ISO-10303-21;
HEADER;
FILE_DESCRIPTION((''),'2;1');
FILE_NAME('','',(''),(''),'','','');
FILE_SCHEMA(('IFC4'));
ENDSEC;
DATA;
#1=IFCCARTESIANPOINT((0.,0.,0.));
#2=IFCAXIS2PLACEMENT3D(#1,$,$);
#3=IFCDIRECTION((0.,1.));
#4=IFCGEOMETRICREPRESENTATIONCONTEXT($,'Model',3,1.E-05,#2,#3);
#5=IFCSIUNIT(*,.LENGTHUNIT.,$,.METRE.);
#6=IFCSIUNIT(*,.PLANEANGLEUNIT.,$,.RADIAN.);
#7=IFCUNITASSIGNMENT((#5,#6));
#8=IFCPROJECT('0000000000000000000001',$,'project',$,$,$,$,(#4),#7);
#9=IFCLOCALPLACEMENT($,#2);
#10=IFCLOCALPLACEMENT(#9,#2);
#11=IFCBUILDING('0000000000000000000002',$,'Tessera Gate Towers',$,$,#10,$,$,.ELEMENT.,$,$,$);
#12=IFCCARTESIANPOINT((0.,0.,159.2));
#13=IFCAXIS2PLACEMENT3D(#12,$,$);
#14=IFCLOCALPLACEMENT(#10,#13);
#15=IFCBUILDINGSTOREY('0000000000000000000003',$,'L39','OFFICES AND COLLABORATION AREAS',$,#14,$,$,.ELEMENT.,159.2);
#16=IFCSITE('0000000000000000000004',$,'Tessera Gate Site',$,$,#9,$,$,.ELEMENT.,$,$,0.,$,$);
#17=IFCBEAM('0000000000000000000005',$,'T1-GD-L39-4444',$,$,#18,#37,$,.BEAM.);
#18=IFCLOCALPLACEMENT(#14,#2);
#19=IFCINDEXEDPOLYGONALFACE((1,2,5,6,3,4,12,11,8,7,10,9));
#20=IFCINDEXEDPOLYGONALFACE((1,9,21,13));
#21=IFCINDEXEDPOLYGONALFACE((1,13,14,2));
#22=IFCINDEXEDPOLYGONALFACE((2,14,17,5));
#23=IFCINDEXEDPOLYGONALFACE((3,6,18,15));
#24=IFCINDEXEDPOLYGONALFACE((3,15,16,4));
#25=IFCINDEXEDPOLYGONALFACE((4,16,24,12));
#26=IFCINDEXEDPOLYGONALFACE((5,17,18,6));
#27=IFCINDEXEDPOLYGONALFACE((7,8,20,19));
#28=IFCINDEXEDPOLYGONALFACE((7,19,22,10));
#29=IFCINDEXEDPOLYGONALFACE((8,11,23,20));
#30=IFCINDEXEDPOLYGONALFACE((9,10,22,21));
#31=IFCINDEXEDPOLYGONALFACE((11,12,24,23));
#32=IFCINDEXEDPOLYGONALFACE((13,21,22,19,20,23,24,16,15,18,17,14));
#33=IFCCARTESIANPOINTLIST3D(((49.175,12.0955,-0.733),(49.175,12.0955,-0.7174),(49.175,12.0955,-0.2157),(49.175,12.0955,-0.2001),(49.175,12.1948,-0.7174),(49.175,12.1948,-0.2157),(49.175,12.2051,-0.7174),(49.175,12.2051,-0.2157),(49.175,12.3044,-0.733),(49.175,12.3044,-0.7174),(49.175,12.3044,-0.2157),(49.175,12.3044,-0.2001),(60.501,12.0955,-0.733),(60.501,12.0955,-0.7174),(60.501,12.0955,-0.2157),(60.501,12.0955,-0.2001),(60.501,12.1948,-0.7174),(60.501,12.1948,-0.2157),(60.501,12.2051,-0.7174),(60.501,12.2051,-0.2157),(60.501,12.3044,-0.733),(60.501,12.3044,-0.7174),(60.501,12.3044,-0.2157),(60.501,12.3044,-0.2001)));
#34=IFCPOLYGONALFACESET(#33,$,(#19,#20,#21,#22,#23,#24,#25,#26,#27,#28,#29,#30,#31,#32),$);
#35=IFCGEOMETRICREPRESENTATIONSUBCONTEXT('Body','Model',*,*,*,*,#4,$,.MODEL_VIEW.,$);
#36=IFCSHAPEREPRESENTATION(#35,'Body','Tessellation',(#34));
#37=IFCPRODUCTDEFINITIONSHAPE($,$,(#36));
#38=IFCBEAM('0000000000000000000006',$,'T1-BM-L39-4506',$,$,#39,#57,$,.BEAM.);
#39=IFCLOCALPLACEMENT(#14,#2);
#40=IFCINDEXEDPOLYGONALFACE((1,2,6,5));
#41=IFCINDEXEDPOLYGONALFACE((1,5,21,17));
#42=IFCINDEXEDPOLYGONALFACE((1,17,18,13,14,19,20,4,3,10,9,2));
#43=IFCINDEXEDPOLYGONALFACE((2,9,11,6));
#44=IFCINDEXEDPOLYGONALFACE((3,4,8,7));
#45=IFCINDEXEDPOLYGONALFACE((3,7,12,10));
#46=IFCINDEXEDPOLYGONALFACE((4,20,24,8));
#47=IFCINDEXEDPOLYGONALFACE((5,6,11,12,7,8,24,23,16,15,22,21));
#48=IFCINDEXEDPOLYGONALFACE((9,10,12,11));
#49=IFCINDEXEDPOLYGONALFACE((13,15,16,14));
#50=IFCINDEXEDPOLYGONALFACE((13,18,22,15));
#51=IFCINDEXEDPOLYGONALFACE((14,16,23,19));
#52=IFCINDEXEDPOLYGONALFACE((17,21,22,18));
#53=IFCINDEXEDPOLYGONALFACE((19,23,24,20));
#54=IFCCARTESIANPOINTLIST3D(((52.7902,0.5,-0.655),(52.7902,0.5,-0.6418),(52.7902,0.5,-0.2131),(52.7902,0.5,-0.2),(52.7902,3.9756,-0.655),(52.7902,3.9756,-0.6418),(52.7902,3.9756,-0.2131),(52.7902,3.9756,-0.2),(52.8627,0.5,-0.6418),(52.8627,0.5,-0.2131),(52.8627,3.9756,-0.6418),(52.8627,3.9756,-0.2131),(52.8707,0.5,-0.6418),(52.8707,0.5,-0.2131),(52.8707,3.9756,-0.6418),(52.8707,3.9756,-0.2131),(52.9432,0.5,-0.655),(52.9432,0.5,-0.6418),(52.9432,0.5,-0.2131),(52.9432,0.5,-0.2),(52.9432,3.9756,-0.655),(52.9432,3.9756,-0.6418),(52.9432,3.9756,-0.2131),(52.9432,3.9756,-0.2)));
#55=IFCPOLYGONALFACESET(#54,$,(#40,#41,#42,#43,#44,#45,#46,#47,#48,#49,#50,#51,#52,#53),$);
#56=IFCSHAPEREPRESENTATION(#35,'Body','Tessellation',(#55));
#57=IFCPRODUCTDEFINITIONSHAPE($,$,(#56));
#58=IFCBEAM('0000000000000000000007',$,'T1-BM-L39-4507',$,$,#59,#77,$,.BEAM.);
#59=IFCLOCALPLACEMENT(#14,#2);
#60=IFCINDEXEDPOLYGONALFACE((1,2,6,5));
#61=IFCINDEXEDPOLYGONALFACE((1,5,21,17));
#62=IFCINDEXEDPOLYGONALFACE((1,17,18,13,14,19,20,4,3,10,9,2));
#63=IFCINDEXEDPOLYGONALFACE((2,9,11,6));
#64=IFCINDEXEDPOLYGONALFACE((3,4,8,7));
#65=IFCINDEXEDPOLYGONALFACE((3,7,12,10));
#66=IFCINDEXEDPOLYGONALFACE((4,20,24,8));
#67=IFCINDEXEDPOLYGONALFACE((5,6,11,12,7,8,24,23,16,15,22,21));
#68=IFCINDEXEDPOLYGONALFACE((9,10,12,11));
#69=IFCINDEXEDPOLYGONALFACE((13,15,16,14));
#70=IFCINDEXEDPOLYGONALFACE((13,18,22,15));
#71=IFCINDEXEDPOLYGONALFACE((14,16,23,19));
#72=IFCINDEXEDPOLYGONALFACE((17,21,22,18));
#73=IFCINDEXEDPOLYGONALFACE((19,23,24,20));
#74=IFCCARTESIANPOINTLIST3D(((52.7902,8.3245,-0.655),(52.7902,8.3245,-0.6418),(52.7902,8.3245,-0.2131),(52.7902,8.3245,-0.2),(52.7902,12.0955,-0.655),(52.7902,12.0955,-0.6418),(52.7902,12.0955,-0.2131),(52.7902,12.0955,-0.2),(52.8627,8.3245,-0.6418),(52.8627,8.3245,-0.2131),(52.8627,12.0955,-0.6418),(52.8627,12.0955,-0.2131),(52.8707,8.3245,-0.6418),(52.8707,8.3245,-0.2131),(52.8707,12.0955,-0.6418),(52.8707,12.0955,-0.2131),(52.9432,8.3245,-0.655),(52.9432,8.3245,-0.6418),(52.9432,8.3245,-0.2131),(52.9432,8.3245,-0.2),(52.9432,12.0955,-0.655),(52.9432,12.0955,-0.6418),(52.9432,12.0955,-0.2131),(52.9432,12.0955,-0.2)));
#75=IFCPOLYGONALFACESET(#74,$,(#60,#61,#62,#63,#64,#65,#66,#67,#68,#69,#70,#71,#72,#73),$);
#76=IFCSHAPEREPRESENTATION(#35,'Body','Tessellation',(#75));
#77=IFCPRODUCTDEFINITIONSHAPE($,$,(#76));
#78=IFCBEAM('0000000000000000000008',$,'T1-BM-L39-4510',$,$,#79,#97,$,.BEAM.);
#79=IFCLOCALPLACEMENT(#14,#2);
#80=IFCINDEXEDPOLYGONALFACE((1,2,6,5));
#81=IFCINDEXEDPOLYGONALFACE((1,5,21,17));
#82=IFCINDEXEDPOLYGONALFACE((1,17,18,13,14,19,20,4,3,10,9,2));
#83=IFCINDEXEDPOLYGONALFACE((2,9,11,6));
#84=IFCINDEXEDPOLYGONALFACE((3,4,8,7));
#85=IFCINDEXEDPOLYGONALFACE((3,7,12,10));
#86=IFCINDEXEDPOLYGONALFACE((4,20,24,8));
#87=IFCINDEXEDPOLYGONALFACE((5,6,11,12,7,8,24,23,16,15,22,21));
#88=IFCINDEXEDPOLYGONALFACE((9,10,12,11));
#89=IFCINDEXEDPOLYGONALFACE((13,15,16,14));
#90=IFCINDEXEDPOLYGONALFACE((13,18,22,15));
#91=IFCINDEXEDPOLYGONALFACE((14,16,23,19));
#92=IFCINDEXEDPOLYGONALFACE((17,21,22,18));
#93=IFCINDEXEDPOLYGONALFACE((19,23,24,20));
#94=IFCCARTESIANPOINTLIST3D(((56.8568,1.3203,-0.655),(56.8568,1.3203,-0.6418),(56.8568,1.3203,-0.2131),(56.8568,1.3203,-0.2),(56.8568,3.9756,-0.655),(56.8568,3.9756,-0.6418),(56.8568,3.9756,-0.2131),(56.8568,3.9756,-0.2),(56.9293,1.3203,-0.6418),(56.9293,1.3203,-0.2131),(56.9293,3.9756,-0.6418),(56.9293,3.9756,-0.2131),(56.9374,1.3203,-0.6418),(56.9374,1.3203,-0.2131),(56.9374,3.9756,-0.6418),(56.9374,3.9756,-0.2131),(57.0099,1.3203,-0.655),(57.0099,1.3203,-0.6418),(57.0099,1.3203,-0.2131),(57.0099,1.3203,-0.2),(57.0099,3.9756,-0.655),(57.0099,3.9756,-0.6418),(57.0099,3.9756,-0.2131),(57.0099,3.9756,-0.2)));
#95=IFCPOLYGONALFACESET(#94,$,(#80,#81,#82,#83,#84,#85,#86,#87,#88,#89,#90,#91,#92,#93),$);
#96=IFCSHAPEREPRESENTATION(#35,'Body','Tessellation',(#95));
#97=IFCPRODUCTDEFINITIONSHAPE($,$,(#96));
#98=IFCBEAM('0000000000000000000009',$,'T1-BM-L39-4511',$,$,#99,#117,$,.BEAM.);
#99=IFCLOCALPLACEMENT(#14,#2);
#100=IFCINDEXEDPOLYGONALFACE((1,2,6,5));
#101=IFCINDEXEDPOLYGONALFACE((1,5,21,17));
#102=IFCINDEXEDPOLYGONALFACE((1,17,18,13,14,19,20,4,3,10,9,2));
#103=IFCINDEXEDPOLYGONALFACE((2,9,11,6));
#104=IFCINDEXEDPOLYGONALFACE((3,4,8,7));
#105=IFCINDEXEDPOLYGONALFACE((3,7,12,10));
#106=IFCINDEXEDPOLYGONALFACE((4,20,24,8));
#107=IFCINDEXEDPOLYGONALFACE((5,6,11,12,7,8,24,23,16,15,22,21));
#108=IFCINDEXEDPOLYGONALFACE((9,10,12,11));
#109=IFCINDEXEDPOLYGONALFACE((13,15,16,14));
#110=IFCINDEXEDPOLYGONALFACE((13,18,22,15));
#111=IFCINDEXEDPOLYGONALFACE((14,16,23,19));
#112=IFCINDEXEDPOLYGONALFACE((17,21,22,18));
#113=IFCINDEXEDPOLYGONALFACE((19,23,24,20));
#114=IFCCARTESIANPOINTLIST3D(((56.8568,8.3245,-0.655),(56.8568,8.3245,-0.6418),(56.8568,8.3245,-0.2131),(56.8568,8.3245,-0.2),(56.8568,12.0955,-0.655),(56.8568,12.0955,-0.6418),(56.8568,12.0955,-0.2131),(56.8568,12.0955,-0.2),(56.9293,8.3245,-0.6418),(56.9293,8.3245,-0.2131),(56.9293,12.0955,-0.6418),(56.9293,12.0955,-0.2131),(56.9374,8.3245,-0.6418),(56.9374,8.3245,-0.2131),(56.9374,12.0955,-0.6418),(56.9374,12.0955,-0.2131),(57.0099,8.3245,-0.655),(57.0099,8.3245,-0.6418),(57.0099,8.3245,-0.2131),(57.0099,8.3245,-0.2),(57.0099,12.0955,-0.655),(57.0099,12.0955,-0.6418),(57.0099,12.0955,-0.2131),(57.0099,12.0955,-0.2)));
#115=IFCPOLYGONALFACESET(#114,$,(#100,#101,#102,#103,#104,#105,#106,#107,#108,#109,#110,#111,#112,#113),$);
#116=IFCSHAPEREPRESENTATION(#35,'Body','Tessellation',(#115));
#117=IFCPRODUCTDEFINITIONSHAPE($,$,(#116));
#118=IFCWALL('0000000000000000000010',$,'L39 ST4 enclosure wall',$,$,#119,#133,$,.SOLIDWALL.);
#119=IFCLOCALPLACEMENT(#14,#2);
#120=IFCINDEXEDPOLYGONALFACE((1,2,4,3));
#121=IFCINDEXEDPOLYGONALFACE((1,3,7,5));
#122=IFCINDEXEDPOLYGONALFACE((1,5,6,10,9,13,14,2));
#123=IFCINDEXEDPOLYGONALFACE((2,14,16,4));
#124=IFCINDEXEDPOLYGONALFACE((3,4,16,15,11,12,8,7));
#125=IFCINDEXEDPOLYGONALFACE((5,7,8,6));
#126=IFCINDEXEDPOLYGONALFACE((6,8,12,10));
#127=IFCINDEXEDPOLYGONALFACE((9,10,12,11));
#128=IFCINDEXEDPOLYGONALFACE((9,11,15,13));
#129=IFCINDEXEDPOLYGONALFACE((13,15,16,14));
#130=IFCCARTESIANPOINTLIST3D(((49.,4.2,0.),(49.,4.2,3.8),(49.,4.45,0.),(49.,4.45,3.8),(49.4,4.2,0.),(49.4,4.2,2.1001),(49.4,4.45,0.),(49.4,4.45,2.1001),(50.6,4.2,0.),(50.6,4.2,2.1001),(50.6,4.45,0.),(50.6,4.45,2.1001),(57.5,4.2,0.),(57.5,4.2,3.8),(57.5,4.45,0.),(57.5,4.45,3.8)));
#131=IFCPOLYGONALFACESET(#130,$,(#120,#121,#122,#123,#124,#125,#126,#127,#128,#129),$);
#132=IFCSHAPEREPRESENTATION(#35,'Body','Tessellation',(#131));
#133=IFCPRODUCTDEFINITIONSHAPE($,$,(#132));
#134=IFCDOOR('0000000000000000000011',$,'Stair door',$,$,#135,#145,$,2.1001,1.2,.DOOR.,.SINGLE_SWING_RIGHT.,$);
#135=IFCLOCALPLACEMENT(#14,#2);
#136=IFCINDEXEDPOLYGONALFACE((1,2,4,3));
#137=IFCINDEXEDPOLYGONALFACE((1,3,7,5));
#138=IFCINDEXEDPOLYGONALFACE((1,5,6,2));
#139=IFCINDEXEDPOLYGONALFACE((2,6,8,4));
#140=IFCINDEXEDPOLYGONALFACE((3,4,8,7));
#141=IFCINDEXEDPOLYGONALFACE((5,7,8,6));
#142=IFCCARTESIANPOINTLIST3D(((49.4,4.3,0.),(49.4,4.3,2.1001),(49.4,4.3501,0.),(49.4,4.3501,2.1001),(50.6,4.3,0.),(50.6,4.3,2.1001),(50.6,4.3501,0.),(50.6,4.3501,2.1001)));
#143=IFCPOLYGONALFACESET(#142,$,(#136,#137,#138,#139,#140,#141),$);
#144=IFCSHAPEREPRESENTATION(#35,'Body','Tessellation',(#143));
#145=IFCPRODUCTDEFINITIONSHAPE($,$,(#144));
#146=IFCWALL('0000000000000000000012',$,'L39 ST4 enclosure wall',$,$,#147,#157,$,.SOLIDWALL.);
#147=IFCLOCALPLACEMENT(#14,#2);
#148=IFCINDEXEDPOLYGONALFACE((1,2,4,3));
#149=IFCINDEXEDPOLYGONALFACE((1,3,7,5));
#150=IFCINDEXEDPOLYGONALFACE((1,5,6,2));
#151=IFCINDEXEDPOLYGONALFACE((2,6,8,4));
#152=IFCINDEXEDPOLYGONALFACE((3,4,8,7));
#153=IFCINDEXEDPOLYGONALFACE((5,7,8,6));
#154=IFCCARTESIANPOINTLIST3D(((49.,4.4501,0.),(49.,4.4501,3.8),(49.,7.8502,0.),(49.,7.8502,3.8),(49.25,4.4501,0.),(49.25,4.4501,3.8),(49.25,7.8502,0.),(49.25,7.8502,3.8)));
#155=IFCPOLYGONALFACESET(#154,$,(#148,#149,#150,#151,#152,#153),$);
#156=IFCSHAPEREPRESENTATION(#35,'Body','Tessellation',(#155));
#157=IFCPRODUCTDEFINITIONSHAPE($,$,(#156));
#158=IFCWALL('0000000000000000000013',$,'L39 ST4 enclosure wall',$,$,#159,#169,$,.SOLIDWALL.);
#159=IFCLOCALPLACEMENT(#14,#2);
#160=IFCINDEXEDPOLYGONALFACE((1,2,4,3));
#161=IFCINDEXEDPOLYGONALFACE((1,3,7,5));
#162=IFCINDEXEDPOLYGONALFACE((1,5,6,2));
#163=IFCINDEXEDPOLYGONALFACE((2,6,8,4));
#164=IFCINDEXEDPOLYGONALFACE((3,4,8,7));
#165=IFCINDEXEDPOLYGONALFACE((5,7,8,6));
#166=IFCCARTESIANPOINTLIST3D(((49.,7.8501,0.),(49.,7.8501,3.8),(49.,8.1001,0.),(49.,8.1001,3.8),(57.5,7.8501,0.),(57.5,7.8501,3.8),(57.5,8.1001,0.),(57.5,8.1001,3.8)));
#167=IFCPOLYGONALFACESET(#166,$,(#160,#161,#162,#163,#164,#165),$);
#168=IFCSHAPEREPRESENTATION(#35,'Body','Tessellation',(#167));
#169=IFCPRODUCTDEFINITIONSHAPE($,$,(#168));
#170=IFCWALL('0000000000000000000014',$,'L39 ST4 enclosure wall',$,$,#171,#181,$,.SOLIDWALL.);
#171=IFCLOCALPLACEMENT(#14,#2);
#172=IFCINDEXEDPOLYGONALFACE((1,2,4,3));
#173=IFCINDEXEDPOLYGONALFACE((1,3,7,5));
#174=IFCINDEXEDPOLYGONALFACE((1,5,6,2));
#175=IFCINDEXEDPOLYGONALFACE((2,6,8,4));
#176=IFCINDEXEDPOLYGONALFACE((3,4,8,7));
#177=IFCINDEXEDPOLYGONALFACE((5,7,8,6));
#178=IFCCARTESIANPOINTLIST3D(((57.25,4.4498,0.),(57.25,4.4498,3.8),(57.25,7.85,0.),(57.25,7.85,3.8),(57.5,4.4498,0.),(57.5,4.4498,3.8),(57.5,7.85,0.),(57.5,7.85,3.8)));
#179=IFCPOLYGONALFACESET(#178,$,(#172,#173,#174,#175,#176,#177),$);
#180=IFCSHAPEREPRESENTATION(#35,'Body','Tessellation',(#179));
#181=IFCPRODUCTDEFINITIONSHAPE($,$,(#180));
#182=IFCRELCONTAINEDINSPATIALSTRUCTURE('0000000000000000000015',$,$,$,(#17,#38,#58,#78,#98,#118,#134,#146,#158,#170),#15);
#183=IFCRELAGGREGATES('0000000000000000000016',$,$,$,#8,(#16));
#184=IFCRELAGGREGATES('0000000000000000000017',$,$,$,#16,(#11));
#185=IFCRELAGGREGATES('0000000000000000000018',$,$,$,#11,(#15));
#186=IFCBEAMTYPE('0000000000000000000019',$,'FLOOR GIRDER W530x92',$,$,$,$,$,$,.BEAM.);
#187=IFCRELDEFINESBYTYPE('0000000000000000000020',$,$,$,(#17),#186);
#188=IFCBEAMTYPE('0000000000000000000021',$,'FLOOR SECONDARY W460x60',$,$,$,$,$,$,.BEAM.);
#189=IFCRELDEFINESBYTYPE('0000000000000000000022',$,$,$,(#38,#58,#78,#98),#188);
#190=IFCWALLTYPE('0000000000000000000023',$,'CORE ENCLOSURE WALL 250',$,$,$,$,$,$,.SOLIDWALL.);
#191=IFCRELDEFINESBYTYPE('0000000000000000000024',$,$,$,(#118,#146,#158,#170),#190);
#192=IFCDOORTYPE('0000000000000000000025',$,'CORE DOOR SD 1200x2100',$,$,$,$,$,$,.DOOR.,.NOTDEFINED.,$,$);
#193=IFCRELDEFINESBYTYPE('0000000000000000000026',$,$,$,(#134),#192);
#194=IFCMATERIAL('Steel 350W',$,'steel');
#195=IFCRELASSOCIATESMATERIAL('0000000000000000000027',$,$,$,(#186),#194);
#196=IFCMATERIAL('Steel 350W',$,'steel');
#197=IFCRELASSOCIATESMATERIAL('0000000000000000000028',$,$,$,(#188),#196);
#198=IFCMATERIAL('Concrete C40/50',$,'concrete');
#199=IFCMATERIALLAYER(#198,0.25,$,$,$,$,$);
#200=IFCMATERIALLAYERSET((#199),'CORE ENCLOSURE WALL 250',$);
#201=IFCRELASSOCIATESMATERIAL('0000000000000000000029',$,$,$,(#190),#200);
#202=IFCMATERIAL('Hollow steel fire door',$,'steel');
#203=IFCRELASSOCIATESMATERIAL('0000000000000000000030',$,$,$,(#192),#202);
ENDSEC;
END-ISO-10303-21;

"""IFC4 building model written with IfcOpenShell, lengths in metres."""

from ifc_helpers import new_model, si_unit, direction, frame, frame_2d, origin, origin_2d, place, context, subcontext, project, spatial, rectangle, i_section, extrude, source, transform, mapped, material, layer, layer_set, material_profile, profile_set, type_object, element, fill, save


model = new_model("IFC4")

# Units and contexts
model_context = context("Model", 3, precision=1e-05, world=origin(), true_north=direction((0.0, 1.0)))
body_context = subcontext(model_context, "Body", "Model", "MODEL_VIEW")
ifc_project = project(units=[si_unit("LENGTHUNIT", "METRE"), si_unit("PLANEANGLEUNIT", "RADIAN")], contexts=[model_context])

# Site, building, storey
site_placement = place(None, origin())
site = spatial("IfcSite", under=ifc_project, at=site_placement, Name="Tessera Gate Site", CompositionType="ELEMENT", RefElevation=0.0)
building_placement = place(site_placement, origin())
building = spatial("IfcBuilding", under=site, at=building_placement, Name="Tessera Gate Towers", CompositionType="ELEMENT")
storey_placement = place(building_placement, frame((0.0, 0.0, 159.2)))
storey = spatial("IfcBuildingStorey", under=building, at=storey_placement, Name="L39", Description="OFFICES AND COLLABORATION AREAS", CompositionType="ELEMENT", Elevation=159.2)

# Beams
ifc_material_1 = material(Name="Steel 350W", Category="steel")
ifc_material_profile_1 = material_profile(ifc_material_1, i_section(OverallWidth=0.209, OverallDepth=0.533, WebThickness=0.0103, FlangeThickness=0.0156, at=origin_2d()), Name="W530x92")
ifc_profile_set_1 = profile_set([ifc_material_profile_1], Name="Steel 350W")
beam_type_1 = type_object("IfcBeamType", Name="FLOOR GIRDER W530x92", PredefinedType="BEAM", material=ifc_profile_set_1)
beam_1_placement = place(storey_placement, frame((49.175, 12.2, -0.4666), z_axis=(1.0, 0.0, 0.0), x_axis=(0.0, 1.0, 0.0)))
element("IfcBeam", 1, at=beam_1_placement, inside=storey, type_object=beam_type_1, Name="T1-GD-L39-4444", PredefinedType="BEAM", context=body_context, shape_type="SweptSolid", body=[
    extrude(i_section(OverallWidth=0.209, OverallDepth=0.533, WebThickness=0.0103, FlangeThickness=0.0156, at=origin_2d()), origin(), (0.0, 0.0, 1.0), 11.3259),
])
ifc_material_2 = material(Name="Steel 350W", Category="steel")
ifc_material_profile_2 = material_profile(ifc_material_2, i_section(OverallWidth=0.1531, OverallDepth=0.4551, WebThickness=0.0081, FlangeThickness=0.0132, at=origin_2d()), Name="W460x60")
ifc_profile_set_2 = profile_set([ifc_material_profile_2], Name="Steel 350W")
beam_type_2 = type_object("IfcBeamType", Name="FLOOR SECONDARY W460x60", PredefinedType="BEAM", material=ifc_profile_set_2)
beam_2_placement = place(storey_placement, frame((52.8667, 0.5, -0.4275), z_axis=(0.0, 1.0, 0.0), x_axis=(-1.0, 0.0, 0.0)))
element("IfcBeam", 2, at=beam_2_placement, inside=storey, type_object=beam_type_2, Name="T1-BM-L39-4506", PredefinedType="BEAM", context=body_context, shape_type="SweptSolid", body=[
    extrude(i_section(OverallWidth=0.1531, OverallDepth=0.4551, WebThickness=0.0081, FlangeThickness=0.0132, at=origin_2d()), origin(), (0.0, 0.0, 1.0), 3.4756),
])
beam_3_placement = place(storey_placement, frame((52.8667, 8.3245, -0.4275), z_axis=(0.0, 1.0, 0.0), x_axis=(-1.0, 0.0, 0.0)))
element("IfcBeam", 3, at=beam_3_placement, inside=storey, type_object=beam_type_2, Name="T1-BM-L39-4507", PredefinedType="BEAM", context=body_context, shape_type="SweptSolid", body=[
    extrude(i_section(OverallWidth=0.1531, OverallDepth=0.4551, WebThickness=0.0081, FlangeThickness=0.0132, at=origin_2d()), origin(), (0.0, 0.0, 1.0), 3.771),
])
beam_4_placement = place(storey_placement, frame((56.9333, 1.3203, -0.4275), z_axis=(0.0, 1.0, 0.0), x_axis=(-1.0, 0.0, 0.0)))
element("IfcBeam", 4, at=beam_4_placement, inside=storey, type_object=beam_type_2, Name="T1-BM-L39-4510", PredefinedType="BEAM", context=body_context, shape_type="SweptSolid", body=[
    extrude(i_section(OverallWidth=0.1531, OverallDepth=0.4551, WebThickness=0.0081, FlangeThickness=0.0132, at=origin_2d()), origin(), (0.0, 0.0, 1.0), 2.6553),
])
beam_5_placement = place(storey_placement, frame((56.9333, 8.3245, -0.4275), z_axis=(0.0, 1.0, 0.0), x_axis=(-1.0, 0.0, 0.0)))
element("IfcBeam", 5, at=beam_5_placement, inside=storey, type_object=beam_type_2, Name="T1-BM-L39-4511", PredefinedType="BEAM", context=body_context, shape_type="SweptSolid", body=[
    extrude(i_section(OverallWidth=0.1531, OverallDepth=0.4551, WebThickness=0.0081, FlangeThickness=0.0132, at=origin_2d()), origin(), (0.0, 0.0, 1.0), 3.771),
])

# Wall, opening, door
ifc_material_3 = material(Name="Concrete C40/50", Category="concrete")
ifc_layer_1 = layer(ifc_material_3, 0.25)
ifc_layer_set_1 = layer_set([ifc_layer_1], Name="CORE ENCLOSURE WALL 250")
wall_type_1 = type_object("IfcWallType", Name="CORE ENCLOSURE WALL 250", PredefinedType="SOLIDWALL", material=ifc_layer_set_1)
wall_1_placement = place(storey_placement, frame((57.5, 4.325, 0.0), z_axis=(0.0, 0.0, 1.0), x_axis=(-1.0, 0.0, 0.0)))
wall_1 = element("IfcWall", 6, at=wall_1_placement, inside=storey, type_object=wall_type_1, Name="L39 ST4 enclosure wall", PredefinedType="SOLIDWALL", context=body_context, shape_type="SweptSolid", body=[
    extrude(rectangle(XDim=8.5, YDim=0.25, at=frame_2d((4.25, 0.0))), origin(), (0.0, 0.0, 1.0), 3.8),
])
shared_shape_1 = source(origin(), body_context, "Body", "SweptSolid", [
    extrude(rectangle(XDim=1.2, YDim=2.1001, at=frame_2d((0.6001, 1.05))), frame((0.0, 0.135, 0.0), z_axis=(0.0, -1.0, 0.0), x_axis=(1.0, 0.0, 0.0)), (0.0, 0.0, 1.0), 0.27),
])
opening_1_placement = place(wall_1_placement, frame((6.8999, 0.0, 0.0)))
opening_1 = element("IfcOpeningElement", 7, at=opening_1_placement, cuts=wall_1, PredefinedType="OPENING", context=body_context, shape_type="MappedRepresentation", body=[
    mapped(shared_shape_1, transform((0.0, 0.0, 0.0), scale=1.0)),
])
ifc_material_4 = material(Name="Hollow steel fire door", Category="steel")
door_type = type_object("IfcDoorType", Name="CORE DOOR SD 1200x2100", OperationType="NOTDEFINED", PredefinedType="DOOR", material=ifc_material_4)
shared_shape_2 = source(origin(), body_context, "Body", "SweptSolid", [
    extrude(rectangle(XDim=1.2, YDim=2.1001, at=frame_2d((0.6001, 1.05))), frame((0.0, 0.0249, 0.0), z_axis=(0.0, -1.0, 0.0), x_axis=(1.0, 0.0, 0.0)), (0.0, 0.0, 1.0), 0.05),
])
door_placement = place(opening_1_placement, origin())
door = element("IfcDoor", 8, at=door_placement, inside=storey, type_object=door_type, Name="Stair door", OperationType="SINGLE_SWING_RIGHT", OverallHeight=2.1001, OverallWidth=1.2, PredefinedType="DOOR", context=body_context, shape_type="MappedRepresentation", body=[
    mapped(shared_shape_2, transform((0.0, 0.0, 0.0), scale=1.0)),
])
fill(opening_1, door)

# Walls
wall_2_placement = place(storey_placement, frame((49.125, 4.45, 0.0), z_axis=(0.0, 0.0, 1.0), x_axis=(0.0, 1.0, 0.0)))
element("IfcWall", 9, at=wall_2_placement, inside=storey, type_object=wall_type_1, Name="L39 ST4 enclosure wall", PredefinedType="SOLIDWALL", context=body_context, shape_type="SweptSolid", body=[
    extrude(rectangle(XDim=3.4001, YDim=0.25, at=frame_2d((1.7002, 0.0))), origin(), (0.0, 0.0, 1.0), 3.8),
])
wall_3_placement = place(storey_placement, frame((49.0, 7.9751, 0.0), z_axis=(0.0, 0.0, 1.0), x_axis=(1.0, 0.0, 0.0)))
element("IfcWall", 10, at=wall_3_placement, inside=storey, type_object=wall_type_1, Name="L39 ST4 enclosure wall", PredefinedType="SOLIDWALL", context=body_context, shape_type="SweptSolid", body=[
    extrude(rectangle(XDim=8.5, YDim=0.25, at=frame_2d((4.25, 0.0))), origin(), (0.0, 0.0, 1.0), 3.8),
])
wall_4_placement = place(storey_placement, frame((57.375, 7.8501, 0.0), z_axis=(0.0, 0.0, 1.0), x_axis=(0.0, -1.0, 0.0)))
element("IfcWall", 11, at=wall_4_placement, inside=storey, type_object=wall_type_1, Name="L39 ST4 enclosure wall", PredefinedType="SOLIDWALL", context=body_context, shape_type="SweptSolid", body=[
    extrude(rectangle(XDim=3.4001, YDim=0.25, at=frame_2d((1.7002, 0.0))), origin(), (0.0, 0.0, 1.0), 3.8),
])

save(model, "model.ifc")
